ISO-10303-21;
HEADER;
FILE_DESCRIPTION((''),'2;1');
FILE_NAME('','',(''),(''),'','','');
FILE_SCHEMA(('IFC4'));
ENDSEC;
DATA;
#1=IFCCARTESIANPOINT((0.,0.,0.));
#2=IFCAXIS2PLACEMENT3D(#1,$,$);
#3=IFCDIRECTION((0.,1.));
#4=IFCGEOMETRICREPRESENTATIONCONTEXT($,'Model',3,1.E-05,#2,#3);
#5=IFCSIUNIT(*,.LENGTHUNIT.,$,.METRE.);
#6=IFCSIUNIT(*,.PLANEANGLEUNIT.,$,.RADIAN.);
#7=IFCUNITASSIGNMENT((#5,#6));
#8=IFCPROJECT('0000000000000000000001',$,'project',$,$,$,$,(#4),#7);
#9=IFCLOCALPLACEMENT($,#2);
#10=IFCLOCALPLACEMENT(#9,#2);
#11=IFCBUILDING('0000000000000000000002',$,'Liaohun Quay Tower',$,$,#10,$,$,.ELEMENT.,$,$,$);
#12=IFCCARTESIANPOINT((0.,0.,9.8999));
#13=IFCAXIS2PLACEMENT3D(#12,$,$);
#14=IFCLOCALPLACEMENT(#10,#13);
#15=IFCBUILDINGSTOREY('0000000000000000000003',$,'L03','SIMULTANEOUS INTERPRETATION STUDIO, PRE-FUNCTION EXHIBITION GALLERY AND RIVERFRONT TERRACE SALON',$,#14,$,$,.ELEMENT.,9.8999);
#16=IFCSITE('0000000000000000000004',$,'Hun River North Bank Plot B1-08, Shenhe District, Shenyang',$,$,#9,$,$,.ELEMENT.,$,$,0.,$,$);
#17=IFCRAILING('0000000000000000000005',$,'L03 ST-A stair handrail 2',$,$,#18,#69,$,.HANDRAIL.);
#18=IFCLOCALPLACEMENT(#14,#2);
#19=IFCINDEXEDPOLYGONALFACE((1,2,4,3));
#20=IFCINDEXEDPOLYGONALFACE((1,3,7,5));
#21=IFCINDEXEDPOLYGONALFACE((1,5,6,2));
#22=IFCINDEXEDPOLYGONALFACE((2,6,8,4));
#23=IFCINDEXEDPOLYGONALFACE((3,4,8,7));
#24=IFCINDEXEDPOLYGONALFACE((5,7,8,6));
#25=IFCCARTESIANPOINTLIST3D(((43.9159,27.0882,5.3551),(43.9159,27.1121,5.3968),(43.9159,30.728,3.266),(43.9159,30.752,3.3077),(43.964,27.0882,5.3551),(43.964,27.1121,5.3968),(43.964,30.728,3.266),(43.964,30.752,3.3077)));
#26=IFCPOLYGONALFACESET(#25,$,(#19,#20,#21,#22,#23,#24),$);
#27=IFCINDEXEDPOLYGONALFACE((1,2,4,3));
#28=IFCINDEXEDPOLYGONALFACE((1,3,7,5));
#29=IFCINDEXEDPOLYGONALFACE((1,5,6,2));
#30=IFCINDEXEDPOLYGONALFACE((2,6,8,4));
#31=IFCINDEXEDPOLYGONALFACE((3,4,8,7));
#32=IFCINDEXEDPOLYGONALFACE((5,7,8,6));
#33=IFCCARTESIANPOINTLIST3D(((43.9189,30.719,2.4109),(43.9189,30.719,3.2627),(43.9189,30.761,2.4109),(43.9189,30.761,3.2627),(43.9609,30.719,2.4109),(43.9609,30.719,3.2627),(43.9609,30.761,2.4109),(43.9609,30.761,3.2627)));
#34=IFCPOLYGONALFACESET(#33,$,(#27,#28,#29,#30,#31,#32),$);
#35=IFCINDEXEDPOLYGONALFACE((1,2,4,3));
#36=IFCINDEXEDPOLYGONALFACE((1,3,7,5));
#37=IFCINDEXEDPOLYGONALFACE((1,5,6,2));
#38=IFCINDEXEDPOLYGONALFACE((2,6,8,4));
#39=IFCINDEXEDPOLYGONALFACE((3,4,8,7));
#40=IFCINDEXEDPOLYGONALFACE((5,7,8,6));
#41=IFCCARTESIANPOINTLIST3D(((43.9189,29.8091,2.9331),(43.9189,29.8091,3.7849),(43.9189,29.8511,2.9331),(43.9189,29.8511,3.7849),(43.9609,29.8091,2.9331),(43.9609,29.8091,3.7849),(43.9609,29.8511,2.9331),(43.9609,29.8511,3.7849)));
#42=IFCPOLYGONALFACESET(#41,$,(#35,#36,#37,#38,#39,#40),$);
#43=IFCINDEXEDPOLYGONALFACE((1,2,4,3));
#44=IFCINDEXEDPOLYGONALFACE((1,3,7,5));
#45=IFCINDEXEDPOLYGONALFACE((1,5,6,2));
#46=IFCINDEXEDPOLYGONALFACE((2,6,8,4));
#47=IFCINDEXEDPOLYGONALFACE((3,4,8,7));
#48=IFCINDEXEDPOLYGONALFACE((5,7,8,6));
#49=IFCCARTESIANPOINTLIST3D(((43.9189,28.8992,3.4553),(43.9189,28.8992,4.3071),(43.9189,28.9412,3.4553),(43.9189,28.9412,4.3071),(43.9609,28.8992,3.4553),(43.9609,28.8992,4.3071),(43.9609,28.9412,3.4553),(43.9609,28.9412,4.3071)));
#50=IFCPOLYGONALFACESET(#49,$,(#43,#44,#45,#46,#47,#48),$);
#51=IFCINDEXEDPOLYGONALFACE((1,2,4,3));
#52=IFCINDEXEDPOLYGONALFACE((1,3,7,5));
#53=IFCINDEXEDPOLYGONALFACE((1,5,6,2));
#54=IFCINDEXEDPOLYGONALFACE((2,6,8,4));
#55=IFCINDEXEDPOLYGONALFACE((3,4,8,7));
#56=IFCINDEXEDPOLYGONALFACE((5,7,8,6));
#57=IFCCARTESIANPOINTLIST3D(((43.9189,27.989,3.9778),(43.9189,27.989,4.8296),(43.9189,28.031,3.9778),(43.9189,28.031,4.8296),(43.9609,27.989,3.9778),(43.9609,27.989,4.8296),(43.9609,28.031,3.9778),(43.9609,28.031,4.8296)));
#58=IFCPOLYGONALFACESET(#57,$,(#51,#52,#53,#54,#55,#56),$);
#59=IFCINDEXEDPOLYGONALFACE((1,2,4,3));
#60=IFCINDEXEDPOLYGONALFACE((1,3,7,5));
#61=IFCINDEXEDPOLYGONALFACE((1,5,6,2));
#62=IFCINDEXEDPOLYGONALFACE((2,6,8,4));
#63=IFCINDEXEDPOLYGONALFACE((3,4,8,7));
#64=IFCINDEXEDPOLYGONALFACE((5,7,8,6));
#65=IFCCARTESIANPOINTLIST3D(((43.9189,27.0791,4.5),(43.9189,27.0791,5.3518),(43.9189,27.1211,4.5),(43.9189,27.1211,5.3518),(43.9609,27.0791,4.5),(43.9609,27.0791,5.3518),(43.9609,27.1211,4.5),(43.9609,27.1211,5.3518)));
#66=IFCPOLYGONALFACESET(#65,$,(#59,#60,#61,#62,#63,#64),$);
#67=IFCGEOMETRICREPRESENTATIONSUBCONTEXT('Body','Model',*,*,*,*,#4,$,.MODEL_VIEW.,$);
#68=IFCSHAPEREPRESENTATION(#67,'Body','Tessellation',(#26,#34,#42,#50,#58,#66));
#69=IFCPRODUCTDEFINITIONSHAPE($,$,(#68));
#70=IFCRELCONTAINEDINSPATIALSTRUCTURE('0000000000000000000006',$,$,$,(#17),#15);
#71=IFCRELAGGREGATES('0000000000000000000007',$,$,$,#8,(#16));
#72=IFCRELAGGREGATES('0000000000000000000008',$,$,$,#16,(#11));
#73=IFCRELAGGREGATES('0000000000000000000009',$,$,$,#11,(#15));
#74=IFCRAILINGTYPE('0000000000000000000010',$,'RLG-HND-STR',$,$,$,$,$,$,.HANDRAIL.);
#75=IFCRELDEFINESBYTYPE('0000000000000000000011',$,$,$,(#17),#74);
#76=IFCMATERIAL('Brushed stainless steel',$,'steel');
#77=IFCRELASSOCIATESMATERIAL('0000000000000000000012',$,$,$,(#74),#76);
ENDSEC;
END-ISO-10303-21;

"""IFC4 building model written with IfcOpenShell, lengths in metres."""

from ifc_helpers import new_model, si_unit, direction, frame, origin, origin_2d, place, context, subcontext, project, spatial, rectangle, extrude, material, type_object, element, save


model = new_model("IFC4")

# Units and contexts
model_context = context("Model", 3, precision=1e-05, world=origin(), true_north=direction((0.0, 1.0)))
body_context = subcontext(model_context, "Body", "Model", "MODEL_VIEW")
ifc_project = project(units=[si_unit("LENGTHUNIT", "METRE"), si_unit("PLANEANGLEUNIT", "RADIAN")], contexts=[model_context])

# Site, building, storey
site_placement = place(None, origin())
site = spatial("IfcSite", under=ifc_project, at=site_placement, Name="Hun River North Bank Plot B1-08, Shenhe District, Shenyang", CompositionType="ELEMENT", RefElevation=0.0)
building_placement = place(site_placement, origin())
building = spatial("IfcBuilding", under=site, at=building_placement, Name="Liaohun Quay Tower", CompositionType="ELEMENT")
storey_placement = place(building_placement, frame((0.0, 0.0, 9.8999)))
storey = spatial("IfcBuildingStorey", under=building, at=storey_placement, Name="L03", Description="SIMULTANEOUS INTERPRETATION STUDIO, PRE-FUNCTION EXHIBITION GALLERY AND RIVERFRONT TERRACE SALON", CompositionType="ELEMENT", Elevation=9.8999)

# Railing
ifc_material_1 = material(Name="Brushed stainless steel", Category="steel")
railing_type_1 = type_object("IfcRailingType", Name="RLG-HND-STR", PredefinedType="HANDRAIL", material=ifc_material_1)
railing_1_placement = place(storey_placement, frame((43.9399, 30.74, 2.4109)))
element("IfcRailing", 1, at=railing_1_placement, inside=storey, type_object=railing_type_1, Name="L03 ST-A stair handrail 2", PredefinedType="HANDRAIL", context=body_context, shape_type="SweptSolid", body=[
    extrude(rectangle(XDim=0.0481, YDim=0.0481, at=origin_2d()), frame((0.0, 0.0, 0.876), z_axis=(0.0, -0.8673, 0.497786), x_axis=(1.0, 0.0, 0.0)), (0.0, 0.0, 1.0), 4.1968),
    extrude(rectangle(XDim=0.042, YDim=0.042, at=origin_2d()), origin(), (0.0, 0.0, 1.0), 0.8518),
    extrude(rectangle(XDim=0.042, YDim=0.042, at=origin_2d()), frame((0.0, -0.9099, 0.5222)), (0.0, 0.0, 1.0), 0.8518),
    extrude(rectangle(XDim=0.042, YDim=0.042, at=origin_2d()), frame((0.0, -1.8198, 1.0444)), (0.0, 0.0, 1.0), 0.8518),
    extrude(rectangle(XDim=0.042, YDim=0.042, at=origin_2d()), frame((0.0, -2.73, 1.5669)), (0.0, 0.0, 1.0), 0.8518),
    extrude(rectangle(XDim=0.042, YDim=0.042, at=origin_2d()), frame((0.0, -3.6399, 2.0891)), (0.0, 0.0, 1.0), 0.8518),
])

save(model, "model.ifc")
